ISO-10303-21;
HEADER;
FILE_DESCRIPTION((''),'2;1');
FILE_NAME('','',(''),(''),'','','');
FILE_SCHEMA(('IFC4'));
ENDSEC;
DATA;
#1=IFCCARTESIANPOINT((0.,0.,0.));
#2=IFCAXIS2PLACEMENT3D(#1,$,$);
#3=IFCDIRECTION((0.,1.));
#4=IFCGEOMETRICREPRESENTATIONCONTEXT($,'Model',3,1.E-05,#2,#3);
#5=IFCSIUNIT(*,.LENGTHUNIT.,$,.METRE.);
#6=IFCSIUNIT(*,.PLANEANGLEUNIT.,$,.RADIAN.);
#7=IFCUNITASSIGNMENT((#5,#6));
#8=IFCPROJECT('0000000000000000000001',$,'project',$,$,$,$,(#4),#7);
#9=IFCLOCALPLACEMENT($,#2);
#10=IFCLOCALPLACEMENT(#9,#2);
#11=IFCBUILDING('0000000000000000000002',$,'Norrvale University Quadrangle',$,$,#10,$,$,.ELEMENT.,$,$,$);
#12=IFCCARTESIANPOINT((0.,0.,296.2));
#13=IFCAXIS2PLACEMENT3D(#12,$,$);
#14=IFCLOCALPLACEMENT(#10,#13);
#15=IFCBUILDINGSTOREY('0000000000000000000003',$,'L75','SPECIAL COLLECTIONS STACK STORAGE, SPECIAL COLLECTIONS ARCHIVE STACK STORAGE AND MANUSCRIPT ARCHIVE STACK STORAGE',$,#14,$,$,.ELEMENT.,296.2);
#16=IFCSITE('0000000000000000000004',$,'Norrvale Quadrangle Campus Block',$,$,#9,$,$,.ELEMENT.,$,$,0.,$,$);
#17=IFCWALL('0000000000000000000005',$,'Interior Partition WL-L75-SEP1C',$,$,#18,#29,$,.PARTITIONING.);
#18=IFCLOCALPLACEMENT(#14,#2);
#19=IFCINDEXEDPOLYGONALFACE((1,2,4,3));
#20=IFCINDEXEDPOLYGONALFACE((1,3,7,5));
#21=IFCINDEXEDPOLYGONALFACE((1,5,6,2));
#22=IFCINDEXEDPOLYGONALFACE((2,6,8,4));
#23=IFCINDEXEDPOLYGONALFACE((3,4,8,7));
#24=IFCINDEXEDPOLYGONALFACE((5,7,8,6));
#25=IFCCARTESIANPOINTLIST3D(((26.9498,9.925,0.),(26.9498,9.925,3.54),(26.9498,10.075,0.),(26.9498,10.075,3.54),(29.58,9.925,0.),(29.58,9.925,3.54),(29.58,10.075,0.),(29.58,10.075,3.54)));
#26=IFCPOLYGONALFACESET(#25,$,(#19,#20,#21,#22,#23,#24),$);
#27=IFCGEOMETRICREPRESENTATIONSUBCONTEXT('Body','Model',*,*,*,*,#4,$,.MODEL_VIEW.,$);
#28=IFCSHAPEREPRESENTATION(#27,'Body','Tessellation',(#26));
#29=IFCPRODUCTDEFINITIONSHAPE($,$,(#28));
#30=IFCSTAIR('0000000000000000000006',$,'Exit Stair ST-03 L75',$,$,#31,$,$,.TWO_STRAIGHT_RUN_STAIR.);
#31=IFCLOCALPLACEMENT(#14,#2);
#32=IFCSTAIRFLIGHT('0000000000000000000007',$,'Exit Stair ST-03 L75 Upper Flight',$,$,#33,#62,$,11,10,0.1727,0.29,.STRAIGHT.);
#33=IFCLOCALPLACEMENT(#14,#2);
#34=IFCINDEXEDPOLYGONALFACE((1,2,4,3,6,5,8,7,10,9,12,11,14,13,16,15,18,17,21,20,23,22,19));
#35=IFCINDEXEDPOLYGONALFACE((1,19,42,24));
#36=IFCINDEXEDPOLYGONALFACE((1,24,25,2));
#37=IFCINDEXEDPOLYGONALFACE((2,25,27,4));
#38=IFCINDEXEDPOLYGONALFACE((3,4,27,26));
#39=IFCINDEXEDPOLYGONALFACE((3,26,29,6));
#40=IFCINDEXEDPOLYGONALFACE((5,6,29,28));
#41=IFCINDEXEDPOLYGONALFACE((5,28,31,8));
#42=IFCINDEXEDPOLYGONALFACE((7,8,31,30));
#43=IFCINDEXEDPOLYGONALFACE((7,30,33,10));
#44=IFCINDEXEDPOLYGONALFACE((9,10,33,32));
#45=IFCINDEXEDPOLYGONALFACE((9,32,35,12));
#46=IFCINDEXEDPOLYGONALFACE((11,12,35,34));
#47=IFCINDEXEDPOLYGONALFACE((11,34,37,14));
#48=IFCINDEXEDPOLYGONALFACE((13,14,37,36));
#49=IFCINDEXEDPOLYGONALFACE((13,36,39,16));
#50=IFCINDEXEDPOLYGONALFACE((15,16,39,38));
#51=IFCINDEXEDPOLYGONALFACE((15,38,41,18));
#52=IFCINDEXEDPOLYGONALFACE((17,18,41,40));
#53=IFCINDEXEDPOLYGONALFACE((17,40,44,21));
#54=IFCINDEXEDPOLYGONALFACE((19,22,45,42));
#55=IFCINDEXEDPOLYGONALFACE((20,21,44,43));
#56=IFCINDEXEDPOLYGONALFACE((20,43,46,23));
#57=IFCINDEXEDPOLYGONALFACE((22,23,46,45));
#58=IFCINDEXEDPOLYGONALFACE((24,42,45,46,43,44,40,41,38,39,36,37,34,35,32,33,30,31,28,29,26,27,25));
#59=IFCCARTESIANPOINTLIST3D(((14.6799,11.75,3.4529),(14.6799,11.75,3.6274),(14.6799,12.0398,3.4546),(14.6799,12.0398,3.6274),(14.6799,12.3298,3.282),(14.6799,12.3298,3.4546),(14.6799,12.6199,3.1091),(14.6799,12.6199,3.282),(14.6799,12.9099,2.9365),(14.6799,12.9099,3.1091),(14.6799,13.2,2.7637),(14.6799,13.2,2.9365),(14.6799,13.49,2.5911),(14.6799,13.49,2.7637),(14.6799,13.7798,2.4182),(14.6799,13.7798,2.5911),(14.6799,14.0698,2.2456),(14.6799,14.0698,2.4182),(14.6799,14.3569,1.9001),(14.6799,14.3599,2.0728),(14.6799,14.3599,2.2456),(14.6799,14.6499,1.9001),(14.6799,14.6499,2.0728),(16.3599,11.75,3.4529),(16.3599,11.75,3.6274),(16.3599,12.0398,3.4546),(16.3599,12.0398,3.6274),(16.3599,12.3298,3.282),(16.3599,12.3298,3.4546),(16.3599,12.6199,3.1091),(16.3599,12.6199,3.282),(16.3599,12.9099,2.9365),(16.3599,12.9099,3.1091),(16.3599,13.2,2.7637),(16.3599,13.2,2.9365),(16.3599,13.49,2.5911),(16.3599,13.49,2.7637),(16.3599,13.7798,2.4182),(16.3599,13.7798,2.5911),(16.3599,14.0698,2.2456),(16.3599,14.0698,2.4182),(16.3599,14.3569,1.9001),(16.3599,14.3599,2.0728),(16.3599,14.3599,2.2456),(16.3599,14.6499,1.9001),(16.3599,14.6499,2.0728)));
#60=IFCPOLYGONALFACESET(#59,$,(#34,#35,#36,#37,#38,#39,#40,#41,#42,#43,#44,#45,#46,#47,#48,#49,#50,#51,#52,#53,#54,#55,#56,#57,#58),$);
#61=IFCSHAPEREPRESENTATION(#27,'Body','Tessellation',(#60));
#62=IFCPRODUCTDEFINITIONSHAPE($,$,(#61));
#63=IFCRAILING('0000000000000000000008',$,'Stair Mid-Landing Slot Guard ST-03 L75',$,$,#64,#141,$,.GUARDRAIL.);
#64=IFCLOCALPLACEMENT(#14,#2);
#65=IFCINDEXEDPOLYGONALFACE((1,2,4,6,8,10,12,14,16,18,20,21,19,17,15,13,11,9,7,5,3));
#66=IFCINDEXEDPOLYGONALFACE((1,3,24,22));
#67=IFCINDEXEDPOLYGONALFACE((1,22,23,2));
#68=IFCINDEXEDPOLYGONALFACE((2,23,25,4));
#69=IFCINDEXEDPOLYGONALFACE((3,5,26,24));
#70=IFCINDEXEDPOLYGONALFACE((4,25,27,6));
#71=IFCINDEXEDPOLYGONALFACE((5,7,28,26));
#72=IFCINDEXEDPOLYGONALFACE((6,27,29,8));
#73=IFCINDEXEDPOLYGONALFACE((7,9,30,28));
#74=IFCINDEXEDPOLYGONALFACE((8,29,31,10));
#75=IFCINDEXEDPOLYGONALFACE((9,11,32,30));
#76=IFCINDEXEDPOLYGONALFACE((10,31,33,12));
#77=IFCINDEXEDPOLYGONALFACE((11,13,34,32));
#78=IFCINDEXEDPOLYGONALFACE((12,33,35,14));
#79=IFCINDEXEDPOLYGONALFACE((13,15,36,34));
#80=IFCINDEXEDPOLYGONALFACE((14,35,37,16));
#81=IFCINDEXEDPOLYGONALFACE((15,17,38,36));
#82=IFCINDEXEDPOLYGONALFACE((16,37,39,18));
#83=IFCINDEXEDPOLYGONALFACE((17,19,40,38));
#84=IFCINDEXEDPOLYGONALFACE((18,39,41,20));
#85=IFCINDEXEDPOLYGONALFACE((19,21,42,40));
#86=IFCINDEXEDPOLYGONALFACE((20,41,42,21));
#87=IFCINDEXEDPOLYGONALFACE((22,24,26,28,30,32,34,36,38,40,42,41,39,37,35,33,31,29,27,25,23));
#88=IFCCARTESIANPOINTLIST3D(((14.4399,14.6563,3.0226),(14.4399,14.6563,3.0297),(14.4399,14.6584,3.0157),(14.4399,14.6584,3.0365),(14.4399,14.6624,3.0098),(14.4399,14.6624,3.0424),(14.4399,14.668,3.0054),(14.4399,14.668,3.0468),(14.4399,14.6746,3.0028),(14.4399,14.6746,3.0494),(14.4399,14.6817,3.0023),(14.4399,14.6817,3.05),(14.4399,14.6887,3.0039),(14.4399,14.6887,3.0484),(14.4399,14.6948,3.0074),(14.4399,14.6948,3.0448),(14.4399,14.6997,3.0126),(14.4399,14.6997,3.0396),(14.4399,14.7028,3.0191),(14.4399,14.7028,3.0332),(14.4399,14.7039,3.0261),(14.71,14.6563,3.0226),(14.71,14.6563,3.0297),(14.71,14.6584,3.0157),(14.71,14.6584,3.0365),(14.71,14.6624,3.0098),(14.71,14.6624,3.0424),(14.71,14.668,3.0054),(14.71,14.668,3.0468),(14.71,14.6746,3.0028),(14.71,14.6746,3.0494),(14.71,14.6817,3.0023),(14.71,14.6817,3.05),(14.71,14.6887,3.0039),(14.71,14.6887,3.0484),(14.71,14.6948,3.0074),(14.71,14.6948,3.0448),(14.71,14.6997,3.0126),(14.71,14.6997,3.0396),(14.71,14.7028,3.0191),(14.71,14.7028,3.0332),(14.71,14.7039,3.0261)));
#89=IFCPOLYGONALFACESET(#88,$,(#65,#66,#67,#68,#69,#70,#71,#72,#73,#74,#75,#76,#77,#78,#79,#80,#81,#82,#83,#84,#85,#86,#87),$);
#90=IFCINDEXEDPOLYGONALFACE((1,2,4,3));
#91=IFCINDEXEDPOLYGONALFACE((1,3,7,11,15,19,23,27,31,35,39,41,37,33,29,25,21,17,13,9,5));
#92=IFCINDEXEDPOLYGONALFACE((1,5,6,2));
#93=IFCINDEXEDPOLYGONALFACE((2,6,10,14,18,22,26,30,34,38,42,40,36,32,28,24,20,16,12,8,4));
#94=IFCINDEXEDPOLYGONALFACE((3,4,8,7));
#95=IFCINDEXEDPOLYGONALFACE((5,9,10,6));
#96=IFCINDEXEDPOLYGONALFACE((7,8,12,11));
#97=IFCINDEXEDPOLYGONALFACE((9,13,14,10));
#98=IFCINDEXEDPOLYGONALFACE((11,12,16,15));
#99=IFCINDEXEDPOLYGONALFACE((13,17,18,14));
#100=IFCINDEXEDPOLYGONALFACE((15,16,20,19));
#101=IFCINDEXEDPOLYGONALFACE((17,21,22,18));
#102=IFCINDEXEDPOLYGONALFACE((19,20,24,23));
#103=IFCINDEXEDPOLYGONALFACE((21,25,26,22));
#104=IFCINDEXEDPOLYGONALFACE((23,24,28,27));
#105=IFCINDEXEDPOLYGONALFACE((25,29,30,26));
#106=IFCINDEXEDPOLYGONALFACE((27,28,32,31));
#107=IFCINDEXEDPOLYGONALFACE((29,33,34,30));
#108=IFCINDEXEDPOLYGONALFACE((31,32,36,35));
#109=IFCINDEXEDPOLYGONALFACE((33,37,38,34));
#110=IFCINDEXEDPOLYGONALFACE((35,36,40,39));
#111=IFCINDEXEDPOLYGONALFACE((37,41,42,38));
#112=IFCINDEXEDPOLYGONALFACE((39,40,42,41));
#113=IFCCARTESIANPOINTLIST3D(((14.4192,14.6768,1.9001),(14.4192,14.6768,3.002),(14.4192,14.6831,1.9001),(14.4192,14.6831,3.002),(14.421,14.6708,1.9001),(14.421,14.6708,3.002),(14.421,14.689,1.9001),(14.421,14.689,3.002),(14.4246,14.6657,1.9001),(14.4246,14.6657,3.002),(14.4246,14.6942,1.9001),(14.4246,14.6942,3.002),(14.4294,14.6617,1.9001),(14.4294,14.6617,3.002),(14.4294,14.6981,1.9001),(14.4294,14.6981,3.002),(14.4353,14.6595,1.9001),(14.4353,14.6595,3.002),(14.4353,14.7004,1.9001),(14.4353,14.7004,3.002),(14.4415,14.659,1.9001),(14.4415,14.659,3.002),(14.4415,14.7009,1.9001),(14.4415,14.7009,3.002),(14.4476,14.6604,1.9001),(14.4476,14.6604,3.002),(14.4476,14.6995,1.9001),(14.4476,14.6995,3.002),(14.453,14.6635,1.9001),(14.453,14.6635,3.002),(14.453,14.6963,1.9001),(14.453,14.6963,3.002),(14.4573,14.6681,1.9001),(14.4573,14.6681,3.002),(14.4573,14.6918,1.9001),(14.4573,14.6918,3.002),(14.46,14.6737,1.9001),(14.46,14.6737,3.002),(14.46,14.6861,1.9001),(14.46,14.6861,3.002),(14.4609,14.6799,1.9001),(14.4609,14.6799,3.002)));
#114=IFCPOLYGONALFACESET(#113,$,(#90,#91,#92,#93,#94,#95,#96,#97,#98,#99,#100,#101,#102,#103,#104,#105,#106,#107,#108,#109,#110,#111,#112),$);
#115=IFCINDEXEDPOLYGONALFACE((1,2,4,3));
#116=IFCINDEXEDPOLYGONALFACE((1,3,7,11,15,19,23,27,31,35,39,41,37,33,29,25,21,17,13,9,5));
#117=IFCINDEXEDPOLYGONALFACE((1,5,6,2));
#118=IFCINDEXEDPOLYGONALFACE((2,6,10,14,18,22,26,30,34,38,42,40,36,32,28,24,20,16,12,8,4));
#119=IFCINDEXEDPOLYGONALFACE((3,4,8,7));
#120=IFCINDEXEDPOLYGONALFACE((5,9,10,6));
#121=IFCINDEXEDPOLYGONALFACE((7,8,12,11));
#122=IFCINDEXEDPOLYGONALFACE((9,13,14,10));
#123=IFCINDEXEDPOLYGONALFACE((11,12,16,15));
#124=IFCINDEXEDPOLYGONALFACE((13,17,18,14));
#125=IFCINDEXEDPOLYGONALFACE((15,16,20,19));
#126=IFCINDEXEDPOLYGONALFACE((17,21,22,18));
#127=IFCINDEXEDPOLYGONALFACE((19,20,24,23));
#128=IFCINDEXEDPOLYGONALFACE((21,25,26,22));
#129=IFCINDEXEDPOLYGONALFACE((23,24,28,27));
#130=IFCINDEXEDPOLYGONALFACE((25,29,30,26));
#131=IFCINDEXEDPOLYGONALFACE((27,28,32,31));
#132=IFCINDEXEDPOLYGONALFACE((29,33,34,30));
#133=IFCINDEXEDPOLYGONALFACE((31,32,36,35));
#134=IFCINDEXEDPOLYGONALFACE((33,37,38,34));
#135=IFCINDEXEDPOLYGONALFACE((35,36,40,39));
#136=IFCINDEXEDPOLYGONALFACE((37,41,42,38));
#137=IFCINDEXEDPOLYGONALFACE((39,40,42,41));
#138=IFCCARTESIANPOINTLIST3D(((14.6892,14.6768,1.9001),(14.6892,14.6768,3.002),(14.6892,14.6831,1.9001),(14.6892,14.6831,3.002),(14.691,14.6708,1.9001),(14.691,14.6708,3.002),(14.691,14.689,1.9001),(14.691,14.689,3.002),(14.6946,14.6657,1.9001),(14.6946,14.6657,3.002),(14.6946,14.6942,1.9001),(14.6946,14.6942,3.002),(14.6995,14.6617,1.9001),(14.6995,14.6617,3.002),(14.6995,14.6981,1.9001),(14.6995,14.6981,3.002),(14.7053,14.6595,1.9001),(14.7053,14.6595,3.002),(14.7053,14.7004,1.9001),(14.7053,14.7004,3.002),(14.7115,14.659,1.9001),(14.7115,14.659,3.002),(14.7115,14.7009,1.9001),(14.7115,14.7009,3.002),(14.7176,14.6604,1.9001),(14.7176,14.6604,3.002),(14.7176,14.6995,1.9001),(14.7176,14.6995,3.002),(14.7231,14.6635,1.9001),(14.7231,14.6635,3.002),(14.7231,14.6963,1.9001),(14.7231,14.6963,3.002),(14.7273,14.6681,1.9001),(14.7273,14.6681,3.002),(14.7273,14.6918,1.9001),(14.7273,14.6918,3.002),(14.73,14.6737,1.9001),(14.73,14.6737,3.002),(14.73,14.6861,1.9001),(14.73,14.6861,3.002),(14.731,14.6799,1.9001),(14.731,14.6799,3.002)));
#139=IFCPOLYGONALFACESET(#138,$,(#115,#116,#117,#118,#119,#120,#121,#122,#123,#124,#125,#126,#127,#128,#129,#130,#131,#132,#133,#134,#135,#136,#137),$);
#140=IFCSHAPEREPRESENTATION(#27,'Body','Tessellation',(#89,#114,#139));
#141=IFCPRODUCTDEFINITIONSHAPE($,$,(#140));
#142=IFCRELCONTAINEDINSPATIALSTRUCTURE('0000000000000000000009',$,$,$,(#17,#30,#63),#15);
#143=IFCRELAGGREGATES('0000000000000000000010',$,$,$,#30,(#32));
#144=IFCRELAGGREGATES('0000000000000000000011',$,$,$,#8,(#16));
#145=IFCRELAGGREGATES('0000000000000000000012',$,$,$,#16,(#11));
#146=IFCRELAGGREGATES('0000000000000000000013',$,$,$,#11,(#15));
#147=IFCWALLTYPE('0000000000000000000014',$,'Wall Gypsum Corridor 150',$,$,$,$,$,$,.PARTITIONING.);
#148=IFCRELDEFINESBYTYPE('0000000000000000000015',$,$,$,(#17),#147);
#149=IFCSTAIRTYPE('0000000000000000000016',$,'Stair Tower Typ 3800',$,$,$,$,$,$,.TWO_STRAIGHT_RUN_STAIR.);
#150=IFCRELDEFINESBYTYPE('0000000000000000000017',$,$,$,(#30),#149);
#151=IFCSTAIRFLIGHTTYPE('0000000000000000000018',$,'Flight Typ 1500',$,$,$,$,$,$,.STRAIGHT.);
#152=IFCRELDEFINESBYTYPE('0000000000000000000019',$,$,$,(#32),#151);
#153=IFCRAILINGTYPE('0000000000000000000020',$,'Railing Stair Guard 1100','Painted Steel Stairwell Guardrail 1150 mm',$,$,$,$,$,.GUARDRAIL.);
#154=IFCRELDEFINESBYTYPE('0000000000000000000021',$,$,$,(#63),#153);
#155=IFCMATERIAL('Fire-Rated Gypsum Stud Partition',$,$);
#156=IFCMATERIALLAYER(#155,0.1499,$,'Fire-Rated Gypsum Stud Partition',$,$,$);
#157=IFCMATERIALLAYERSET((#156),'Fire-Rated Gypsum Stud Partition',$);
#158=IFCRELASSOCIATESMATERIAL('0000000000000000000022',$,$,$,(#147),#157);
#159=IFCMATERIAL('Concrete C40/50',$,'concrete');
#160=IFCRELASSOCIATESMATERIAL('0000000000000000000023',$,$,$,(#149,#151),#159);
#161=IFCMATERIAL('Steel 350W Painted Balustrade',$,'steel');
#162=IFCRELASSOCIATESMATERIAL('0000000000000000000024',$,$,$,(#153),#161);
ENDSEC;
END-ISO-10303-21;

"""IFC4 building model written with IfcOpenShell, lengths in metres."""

from ifc_helpers import new_model, si_unit, direction, frame, frame_2d, origin, origin_2d, place, context, subcontext, project, spatial, polyline, rectangle, circle, outline, extrude, material, layer, layer_set, type_object, element, aggregate, save


model = new_model("IFC4")

# Units and contexts
model_context = context("Model", 3, precision=1e-05, world=origin(), true_north=direction((0.0, 1.0)))
body_context = subcontext(model_context, "Body", "Model", "MODEL_VIEW")
ifc_project = project(units=[si_unit("LENGTHUNIT", "METRE"), si_unit("PLANEANGLEUNIT", "RADIAN")], contexts=[model_context])

# Site, building, storey
site_placement = place(None, origin())
site = spatial("IfcSite", under=ifc_project, at=site_placement, Name="Norrvale Quadrangle Campus Block", CompositionType="ELEMENT", RefElevation=0.0)
building_placement = place(site_placement, origin())
building = spatial("IfcBuilding", under=site, at=building_placement, Name="Norrvale University Quadrangle", CompositionType="ELEMENT")
storey_placement = place(building_placement, frame((0.0, 0.0, 296.2)))
storey = spatial("IfcBuildingStorey", under=building, at=storey_placement, Name="L75", Description="SPECIAL COLLECTIONS STACK STORAGE, SPECIAL COLLECTIONS ARCHIVE STACK STORAGE AND MANUSCRIPT ARCHIVE STACK STORAGE", CompositionType="ELEMENT", Elevation=296.2)

# Shared definitions
ifc_material_1 = material(Name="Fire-Rated Gypsum Stud Partition")
ifc_layer_1 = layer(ifc_material_1, 0.1499, Name="Fire-Rated Gypsum Stud Partition")
ifc_layer_set_1 = layer_set([ifc_layer_1], Name="Fire-Rated Gypsum Stud Partition")
wall_type_1 = type_object("IfcWallType", Name="Wall Gypsum Corridor 150", PredefinedType="PARTITIONING", material=ifc_layer_set_1)

# Wall
wall_1_placement = place(storey_placement, frame((26.95, 10.0, 0.0), z_axis=(0.0, 0.0, 1.0), x_axis=(1.0, 0.0, 0.0)))
element("IfcWall", 1, at=wall_1_placement, inside=storey, type_object=wall_type_1, Name="Interior Partition WL-L75-SEP1C", PredefinedType="PARTITIONING", context=body_context, shape_type="SweptSolid", body=[
    extrude(rectangle(XDim=2.6301, YDim=0.1499, at=frame_2d((1.3149, 0.0))), origin(), (0.0, 0.0, 1.0), 3.54),
])

# Stair, stair flight
ifc_material_2 = material(Name="Concrete C40/50", Category="concrete")
stair_type = type_object("IfcStairType", Name="Stair Tower Typ 3800", PredefinedType="TWO_STRAIGHT_RUN_STAIR", material=ifc_material_2)
stair_placement = place(storey_placement, origin())
stair = element("IfcStair", 2, at=stair_placement, inside=storey, type_object=stair_type, Name="Exit Stair ST-03 L75", PredefinedType="TWO_STRAIGHT_RUN_STAIR")
stair_flight_type = type_object("IfcStairFlightType", Name="Flight Typ 1500", PredefinedType="STRAIGHT", material=ifc_material_2)
stair_flight_placement = place(storey_placement, frame((15.52, 14.6499, 1.9001), z_axis=(0.0, 0.0, 1.0), x_axis=(0.0, -1.0, 0.0)))
stair_flight = element("IfcStairFlight", 3, at=stair_flight_placement, type_object=stair_flight_type, Name="Exit Stair ST-03 L75 Upper Flight", NumberOfRisers=11, NumberOfTreads=10, PredefinedType="STRAIGHT", RiserHeight=0.1727, TreadLength=0.29, context=body_context, shape_type="SweptSolid", body=[
    extrude(outline(polyline([(0.0, 0.0), (0.0, 0.1726), (0.29, 0.1726), (0.29, 0.3455), (0.5801, 0.3455), (0.5801, 0.5181), (0.8701, 0.5181), (0.8701, 0.6909), (1.1599, 0.6909), (1.1599, 0.8635), (1.45, 0.8635), (1.45, 1.0364), (1.74, 1.0364), (1.74, 1.209), (2.03, 1.209), (2.03, 1.3818), (2.3201, 1.3818), (2.3201, 1.5544), (2.6101, 1.5544), (2.6101, 1.7273), (2.8999, 1.7273), (2.8999, 1.8999), (2.8999, 1.5527), (0.293, 0.0), (0.0, 0.0)])), frame((0.0, 0.8398, 0.0), z_axis=(0.0, -1.0, 0.0), x_axis=(1.0, 0.0, 0.0)), (0.0, 0.0, 1.0), 1.6799),
])
aggregate(stair, [stair_flight])

# Railing
ifc_material_3 = material(Name="Steel 350W Painted Balustrade", Category="steel")
railing_type_1 = type_object("IfcRailingType", Name="Railing Stair Guard 1100", Description="Painted Steel Stairwell Guardrail 1150 mm", PredefinedType="GUARDRAIL", material=ifc_material_3)
railing_1_placement = place(storey_placement, frame((14.4399, 14.6799, 1.9001)))
element("IfcRailing", 4, at=railing_1_placement, inside=storey, type_object=railing_type_1, Name="Stair Mid-Landing Slot Guard ST-03 L75", PredefinedType="GUARDRAIL", context=body_context, shape_type="SweptSolid", body=[
    extrude(circle(Radius=0.0239, at=origin_2d()), frame((0.0, 0.0, 1.126), z_axis=(1.0, 0.0, 0.0), x_axis=(0.0, 1.0, 0.0)), (0.0, 0.0, 1.0), 0.27),
    extrude(circle(Radius=0.021, at=origin_2d()), origin(), (0.0, 0.0, 1.0), 1.1018),
    extrude(circle(Radius=0.021, at=origin_2d()), frame((0.27, 0.0, 0.0)), (0.0, 0.0, 1.0), 1.1018),
])

save(model, "model.ifc")
